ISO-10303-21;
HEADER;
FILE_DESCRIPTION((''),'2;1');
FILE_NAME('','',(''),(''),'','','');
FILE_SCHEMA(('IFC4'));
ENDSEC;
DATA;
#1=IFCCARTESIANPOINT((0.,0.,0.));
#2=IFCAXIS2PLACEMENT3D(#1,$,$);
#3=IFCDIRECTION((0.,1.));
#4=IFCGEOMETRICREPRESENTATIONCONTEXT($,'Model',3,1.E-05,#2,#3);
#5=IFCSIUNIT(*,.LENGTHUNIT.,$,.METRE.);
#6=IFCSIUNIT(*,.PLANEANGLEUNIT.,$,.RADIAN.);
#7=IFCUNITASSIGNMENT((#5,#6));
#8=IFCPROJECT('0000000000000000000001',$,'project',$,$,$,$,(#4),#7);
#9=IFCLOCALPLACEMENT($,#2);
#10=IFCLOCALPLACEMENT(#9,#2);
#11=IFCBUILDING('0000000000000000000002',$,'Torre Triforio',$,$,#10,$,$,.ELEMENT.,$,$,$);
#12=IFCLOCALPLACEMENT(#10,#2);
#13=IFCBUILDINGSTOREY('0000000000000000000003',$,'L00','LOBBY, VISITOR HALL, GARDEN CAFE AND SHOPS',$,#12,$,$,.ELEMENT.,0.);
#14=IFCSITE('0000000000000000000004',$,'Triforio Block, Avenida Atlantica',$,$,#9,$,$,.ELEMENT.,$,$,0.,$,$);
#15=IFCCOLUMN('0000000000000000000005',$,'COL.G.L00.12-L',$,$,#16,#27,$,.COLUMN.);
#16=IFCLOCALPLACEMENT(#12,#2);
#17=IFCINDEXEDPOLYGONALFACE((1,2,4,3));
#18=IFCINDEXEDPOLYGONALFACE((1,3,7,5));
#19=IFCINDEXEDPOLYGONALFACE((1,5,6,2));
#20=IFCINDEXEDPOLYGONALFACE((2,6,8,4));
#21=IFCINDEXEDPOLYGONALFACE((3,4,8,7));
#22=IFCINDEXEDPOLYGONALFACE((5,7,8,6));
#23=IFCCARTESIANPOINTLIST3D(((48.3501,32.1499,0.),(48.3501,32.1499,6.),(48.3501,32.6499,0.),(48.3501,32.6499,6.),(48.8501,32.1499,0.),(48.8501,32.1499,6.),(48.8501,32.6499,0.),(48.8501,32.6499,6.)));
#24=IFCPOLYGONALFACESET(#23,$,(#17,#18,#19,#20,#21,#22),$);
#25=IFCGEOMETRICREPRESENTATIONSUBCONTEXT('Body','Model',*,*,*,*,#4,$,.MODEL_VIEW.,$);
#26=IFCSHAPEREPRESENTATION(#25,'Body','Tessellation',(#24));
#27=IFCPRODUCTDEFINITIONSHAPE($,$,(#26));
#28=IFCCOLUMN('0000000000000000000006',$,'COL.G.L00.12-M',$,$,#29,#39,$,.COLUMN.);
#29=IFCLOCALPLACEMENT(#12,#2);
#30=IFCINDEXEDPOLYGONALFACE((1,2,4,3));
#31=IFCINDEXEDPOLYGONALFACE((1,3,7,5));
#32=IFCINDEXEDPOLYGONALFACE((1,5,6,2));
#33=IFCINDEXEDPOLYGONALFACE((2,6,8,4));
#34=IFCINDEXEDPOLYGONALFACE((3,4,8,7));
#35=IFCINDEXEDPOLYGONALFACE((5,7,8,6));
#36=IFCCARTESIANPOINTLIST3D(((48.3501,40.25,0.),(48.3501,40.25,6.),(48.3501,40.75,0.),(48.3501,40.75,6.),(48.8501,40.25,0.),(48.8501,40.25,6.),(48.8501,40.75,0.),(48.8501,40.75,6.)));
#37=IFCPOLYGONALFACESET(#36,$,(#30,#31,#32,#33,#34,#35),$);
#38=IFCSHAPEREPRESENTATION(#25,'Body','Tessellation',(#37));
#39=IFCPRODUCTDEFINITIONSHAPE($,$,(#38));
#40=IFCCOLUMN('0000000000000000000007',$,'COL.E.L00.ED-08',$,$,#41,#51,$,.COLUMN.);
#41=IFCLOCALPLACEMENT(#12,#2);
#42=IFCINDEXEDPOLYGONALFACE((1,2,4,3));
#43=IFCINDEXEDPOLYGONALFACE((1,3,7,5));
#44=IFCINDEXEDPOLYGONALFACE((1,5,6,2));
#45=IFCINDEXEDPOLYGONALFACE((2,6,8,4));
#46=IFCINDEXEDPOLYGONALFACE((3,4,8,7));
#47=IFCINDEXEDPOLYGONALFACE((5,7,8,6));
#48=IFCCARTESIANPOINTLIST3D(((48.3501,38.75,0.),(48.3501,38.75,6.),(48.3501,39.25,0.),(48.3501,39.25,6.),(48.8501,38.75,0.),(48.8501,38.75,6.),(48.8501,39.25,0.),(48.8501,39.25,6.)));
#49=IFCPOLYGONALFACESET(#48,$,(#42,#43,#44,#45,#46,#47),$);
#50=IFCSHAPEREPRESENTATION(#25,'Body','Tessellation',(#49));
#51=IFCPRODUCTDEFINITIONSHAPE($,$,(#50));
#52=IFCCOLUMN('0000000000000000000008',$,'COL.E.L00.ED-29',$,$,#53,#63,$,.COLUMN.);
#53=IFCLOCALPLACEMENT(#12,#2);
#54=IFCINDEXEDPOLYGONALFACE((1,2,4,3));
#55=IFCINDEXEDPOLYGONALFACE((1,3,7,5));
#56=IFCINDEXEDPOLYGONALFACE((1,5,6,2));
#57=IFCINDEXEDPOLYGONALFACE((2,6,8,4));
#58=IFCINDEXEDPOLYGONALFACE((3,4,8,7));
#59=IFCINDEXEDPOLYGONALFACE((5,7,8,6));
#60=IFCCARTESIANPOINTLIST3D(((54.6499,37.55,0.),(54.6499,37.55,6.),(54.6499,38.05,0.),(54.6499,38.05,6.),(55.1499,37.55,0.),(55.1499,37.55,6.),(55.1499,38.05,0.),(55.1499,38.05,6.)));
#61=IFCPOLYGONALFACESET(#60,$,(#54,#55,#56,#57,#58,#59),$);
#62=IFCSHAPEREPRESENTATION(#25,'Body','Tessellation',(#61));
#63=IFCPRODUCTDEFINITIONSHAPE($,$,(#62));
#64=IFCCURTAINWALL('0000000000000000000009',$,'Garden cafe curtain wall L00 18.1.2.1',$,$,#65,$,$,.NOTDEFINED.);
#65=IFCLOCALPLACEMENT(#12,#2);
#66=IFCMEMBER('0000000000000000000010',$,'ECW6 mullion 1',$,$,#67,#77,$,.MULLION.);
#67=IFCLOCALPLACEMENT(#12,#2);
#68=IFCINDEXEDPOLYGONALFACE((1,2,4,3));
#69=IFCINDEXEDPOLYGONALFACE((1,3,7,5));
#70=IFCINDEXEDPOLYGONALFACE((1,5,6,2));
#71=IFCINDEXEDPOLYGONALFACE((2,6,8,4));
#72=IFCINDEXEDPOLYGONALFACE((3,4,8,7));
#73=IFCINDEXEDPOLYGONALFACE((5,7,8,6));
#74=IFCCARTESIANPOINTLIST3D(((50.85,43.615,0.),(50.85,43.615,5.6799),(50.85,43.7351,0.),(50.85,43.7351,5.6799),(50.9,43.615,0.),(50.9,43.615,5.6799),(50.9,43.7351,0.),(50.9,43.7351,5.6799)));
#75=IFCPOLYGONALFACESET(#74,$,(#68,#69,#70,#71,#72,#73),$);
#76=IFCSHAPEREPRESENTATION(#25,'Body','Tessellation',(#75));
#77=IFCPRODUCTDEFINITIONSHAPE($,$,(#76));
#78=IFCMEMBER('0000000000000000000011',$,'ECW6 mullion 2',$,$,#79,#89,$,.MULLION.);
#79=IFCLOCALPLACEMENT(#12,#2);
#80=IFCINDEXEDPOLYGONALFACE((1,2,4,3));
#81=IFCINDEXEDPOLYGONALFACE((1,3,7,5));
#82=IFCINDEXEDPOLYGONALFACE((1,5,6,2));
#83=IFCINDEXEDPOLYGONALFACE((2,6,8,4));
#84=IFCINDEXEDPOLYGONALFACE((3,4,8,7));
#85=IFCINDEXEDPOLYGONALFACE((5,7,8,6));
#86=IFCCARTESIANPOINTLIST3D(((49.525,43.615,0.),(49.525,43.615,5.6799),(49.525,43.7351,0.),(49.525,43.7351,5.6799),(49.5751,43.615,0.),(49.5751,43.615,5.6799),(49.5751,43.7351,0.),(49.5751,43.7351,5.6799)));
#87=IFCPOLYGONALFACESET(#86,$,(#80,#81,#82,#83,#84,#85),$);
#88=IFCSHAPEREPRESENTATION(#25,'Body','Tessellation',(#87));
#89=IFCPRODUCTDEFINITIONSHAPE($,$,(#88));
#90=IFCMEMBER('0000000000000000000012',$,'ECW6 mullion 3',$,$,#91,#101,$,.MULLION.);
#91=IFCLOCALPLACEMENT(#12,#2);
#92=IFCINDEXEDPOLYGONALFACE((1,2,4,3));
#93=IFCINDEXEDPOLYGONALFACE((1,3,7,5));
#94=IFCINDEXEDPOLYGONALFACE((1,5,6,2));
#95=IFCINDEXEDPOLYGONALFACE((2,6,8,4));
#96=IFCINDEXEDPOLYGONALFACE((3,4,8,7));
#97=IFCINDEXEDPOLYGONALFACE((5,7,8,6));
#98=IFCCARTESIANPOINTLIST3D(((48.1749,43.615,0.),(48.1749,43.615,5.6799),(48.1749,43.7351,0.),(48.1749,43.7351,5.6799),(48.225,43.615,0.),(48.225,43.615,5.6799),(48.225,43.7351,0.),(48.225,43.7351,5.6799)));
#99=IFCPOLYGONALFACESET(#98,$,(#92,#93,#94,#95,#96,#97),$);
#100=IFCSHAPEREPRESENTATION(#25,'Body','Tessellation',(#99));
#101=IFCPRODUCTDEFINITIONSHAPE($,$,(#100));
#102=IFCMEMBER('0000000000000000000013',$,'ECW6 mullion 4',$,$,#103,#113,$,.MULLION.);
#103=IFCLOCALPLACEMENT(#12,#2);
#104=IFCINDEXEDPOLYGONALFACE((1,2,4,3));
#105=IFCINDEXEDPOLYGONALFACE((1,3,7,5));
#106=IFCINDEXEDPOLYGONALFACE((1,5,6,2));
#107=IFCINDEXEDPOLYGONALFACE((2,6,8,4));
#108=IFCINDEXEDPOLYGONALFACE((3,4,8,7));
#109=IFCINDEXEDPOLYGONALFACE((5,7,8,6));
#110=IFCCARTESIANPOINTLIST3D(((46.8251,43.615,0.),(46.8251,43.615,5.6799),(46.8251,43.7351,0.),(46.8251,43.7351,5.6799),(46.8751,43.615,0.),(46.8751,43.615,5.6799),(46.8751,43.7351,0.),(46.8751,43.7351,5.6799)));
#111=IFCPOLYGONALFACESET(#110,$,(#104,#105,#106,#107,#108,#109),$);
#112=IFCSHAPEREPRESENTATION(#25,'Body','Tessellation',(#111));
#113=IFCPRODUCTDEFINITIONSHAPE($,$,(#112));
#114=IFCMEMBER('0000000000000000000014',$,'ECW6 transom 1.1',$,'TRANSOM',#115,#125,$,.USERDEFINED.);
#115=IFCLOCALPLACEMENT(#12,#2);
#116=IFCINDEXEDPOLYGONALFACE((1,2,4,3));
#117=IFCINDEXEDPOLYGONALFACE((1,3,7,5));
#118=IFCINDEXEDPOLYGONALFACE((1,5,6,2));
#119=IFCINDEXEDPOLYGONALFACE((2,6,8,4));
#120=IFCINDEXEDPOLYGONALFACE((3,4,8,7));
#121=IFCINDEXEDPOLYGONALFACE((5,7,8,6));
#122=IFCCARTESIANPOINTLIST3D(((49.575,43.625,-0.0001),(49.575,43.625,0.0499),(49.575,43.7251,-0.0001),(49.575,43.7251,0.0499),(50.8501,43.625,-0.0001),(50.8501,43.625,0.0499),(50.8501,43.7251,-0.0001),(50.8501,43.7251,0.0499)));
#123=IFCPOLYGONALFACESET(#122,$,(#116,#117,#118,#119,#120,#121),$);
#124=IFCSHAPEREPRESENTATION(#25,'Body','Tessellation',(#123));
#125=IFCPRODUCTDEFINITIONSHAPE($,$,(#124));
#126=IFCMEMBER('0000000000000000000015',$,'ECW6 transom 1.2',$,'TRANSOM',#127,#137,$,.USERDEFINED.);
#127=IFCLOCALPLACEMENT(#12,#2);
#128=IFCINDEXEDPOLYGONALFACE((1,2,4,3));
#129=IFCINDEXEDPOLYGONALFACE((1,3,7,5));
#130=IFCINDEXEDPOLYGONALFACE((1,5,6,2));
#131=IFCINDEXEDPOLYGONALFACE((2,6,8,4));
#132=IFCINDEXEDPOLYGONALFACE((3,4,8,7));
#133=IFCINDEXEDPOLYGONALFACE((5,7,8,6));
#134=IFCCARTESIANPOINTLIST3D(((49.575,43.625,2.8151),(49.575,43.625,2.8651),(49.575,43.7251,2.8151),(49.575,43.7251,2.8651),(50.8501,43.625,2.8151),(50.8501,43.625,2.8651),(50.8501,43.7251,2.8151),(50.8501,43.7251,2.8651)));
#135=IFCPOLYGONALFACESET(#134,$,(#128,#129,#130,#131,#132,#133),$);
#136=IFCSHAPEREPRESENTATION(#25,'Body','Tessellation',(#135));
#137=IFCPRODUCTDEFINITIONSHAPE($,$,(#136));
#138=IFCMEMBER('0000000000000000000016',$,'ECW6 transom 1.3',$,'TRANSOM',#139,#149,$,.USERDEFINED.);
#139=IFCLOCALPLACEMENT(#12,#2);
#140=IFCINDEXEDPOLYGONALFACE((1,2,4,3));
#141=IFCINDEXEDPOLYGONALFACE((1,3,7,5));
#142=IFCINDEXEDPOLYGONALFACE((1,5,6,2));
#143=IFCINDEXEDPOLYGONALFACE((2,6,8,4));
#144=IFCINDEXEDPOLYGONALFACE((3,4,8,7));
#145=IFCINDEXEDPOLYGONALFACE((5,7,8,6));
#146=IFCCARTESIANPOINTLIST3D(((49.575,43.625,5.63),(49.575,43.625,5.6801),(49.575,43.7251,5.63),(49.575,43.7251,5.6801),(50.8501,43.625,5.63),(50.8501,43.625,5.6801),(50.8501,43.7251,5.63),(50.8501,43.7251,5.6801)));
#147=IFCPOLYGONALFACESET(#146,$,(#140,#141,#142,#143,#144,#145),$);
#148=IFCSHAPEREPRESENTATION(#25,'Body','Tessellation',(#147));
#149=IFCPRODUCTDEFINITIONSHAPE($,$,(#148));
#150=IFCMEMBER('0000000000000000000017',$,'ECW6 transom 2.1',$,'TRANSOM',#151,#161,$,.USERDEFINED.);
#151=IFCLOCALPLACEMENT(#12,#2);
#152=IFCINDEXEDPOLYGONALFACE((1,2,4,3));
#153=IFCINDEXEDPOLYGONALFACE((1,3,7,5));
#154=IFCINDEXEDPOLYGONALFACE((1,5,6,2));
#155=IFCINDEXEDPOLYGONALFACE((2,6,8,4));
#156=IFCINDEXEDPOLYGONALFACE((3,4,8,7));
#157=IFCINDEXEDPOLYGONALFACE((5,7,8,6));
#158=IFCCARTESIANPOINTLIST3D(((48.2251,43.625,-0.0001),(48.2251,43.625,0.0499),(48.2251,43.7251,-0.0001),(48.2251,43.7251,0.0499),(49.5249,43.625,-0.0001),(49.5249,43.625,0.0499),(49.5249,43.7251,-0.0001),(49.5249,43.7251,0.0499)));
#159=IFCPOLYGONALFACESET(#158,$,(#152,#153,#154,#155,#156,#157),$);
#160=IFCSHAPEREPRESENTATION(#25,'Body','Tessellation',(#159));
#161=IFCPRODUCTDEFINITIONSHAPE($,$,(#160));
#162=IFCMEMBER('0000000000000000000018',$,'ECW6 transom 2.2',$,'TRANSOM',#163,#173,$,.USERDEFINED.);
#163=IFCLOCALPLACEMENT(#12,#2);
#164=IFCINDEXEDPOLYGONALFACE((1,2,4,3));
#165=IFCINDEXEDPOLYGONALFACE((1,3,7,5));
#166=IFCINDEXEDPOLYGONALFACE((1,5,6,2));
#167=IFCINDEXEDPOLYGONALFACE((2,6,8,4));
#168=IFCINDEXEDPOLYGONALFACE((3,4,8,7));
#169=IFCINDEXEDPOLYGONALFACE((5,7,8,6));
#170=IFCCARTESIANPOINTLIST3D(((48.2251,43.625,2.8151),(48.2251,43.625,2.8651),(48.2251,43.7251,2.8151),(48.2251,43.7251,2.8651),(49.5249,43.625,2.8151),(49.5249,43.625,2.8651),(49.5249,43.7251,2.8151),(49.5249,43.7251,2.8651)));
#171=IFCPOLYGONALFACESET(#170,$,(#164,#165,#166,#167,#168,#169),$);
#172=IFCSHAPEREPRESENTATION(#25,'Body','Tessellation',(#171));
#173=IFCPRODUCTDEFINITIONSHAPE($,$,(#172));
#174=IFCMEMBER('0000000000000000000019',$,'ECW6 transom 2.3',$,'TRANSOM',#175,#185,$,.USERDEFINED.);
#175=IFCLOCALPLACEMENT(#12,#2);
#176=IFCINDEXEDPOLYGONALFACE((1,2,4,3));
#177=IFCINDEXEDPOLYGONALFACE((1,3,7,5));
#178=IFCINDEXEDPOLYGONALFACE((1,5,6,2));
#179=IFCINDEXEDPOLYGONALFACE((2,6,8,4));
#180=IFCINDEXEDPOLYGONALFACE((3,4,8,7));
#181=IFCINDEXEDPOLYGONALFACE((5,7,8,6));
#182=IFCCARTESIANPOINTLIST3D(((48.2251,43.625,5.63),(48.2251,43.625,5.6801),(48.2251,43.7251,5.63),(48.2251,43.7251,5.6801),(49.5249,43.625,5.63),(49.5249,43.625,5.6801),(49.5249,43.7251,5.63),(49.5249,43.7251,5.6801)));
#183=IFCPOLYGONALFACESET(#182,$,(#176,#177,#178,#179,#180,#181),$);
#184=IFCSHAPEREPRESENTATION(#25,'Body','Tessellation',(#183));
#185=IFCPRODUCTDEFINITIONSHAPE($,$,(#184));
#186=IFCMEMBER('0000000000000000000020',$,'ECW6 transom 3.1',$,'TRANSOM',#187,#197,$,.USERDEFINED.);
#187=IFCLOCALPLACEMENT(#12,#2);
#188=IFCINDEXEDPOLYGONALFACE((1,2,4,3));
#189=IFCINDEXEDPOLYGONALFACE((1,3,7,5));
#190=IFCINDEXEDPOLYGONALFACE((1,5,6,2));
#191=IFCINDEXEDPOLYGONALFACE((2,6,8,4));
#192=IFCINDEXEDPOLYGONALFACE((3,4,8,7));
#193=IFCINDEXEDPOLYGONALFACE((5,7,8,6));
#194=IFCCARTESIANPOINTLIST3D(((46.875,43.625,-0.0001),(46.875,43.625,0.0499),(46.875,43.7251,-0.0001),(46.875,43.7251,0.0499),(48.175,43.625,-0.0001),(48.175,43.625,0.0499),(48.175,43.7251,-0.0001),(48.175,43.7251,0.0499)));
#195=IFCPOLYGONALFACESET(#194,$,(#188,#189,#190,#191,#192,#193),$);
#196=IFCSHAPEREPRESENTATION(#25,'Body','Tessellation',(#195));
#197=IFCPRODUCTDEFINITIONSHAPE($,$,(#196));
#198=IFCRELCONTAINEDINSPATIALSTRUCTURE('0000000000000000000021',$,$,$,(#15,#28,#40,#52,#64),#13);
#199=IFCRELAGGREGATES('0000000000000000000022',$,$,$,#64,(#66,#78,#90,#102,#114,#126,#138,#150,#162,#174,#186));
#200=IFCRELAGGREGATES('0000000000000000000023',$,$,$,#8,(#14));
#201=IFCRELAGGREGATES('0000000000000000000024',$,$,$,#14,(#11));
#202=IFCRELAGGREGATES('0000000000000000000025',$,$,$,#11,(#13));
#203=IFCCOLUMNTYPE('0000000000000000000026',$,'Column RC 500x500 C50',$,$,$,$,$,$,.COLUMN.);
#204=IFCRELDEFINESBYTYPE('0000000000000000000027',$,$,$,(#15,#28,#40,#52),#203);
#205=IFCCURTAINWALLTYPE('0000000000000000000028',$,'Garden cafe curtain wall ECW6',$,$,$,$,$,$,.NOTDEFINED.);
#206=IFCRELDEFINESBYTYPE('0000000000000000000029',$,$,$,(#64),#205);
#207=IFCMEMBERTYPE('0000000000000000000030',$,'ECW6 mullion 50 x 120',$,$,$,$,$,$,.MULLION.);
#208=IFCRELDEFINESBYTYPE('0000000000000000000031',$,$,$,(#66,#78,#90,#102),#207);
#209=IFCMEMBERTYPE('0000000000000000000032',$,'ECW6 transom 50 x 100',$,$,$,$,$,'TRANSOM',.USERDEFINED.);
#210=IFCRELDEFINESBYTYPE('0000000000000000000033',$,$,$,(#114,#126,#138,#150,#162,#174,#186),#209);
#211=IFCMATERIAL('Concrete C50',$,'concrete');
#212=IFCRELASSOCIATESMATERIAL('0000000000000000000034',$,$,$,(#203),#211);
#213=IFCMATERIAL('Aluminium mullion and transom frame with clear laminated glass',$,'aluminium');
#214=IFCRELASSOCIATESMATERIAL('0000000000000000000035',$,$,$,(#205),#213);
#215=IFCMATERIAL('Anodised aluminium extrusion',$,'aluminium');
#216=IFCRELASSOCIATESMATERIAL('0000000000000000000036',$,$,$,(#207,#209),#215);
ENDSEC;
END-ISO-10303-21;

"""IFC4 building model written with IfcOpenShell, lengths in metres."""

from ifc_helpers import new_model, si_unit, direction, frame, origin, origin_2d, place, context, subcontext, project, spatial, rectangle, extrude, material, material_profile, profile_set, type_object, element, aggregate, save


model = new_model("IFC4")

# Units and contexts
model_context = context("Model", 3, precision=1e-05, world=origin(), true_north=direction((0.0, 1.0)))
body_context = subcontext(model_context, "Body", "Model", "MODEL_VIEW")
ifc_project = project(units=[si_unit("LENGTHUNIT", "METRE"), si_unit("PLANEANGLEUNIT", "RADIAN")], contexts=[model_context])

# Site, building, storey
site_placement = place(None, origin())
site = spatial("IfcSite", under=ifc_project, at=site_placement, Name="Triforio Block, Avenida Atlantica", CompositionType="ELEMENT", RefElevation=0.0)
building_placement = place(site_placement, origin())
building = spatial("IfcBuilding", under=site, at=building_placement, Name="Torre Triforio", CompositionType="ELEMENT")
storey_placement = place(building_placement, origin())
storey = spatial("IfcBuildingStorey", under=building, at=storey_placement, Name="L00", Description="LOBBY, VISITOR HALL, GARDEN CAFE AND SHOPS", CompositionType="ELEMENT", Elevation=0.0)

# Columns
ifc_material_1 = material(Name="Concrete C50", Category="concrete")
ifc_material_profile_1 = material_profile(ifc_material_1, rectangle(XDim=0.5, YDim=0.5, at=origin_2d()), Name="RC 500x500")
ifc_profile_set_1 = profile_set([ifc_material_profile_1], Name="Concrete C50")
column_type = type_object("IfcColumnType", Name="Column RC 500x500 C50", PredefinedType="COLUMN", material=ifc_profile_set_1)
for number, where, z_axis, x_axis, name in (
    (1, (48.6001, 32.3999, 0.0), (0.0, 0.0, 1.0), (1.0, 0.0, 0.0), "COL.G.L00.12-L"),
    (2, (48.6001, 40.5, 0.0), (0.0, 0.0, 1.0), (1.0, 0.0, 0.0), "COL.G.L00.12-M"),
    (3, (48.6001, 39.0, 0.0), (0.0, 0.0, 1.0), (1.0, 0.0, 0.0), "COL.E.L00.ED-08"),
    (4, (54.8999, 37.8, 0.0), (0.0, 0.0, 1.0), (1.0, 0.0, 0.0), "COL.E.L00.ED-29"),
):
    element("IfcColumn", number, at=place(storey_placement, frame(where, z_axis=z_axis, x_axis=x_axis)), inside=storey, type_object=column_type, Name=name, PredefinedType="COLUMN", context=body_context, shape_type="SweptSolid", body=[
        extrude(rectangle(XDim=0.5, YDim=0.5, at=origin_2d()), origin(), (0.0, 0.0, 1.0), 6.0),
    ])

# Curtain wall, members
ifc_material_2 = material(Name="Aluminium mullion and transom frame with clear laminated glass", Category="aluminium")
curtain_wall_type = type_object("IfcCurtainWallType", Name="Garden cafe curtain wall ECW6", PredefinedType="NOTDEFINED", material=ifc_material_2)
curtain_wall_placement = place(storey_placement, origin())
curtain_wall = element("IfcCurtainWall", 5, at=curtain_wall_placement, inside=storey, type_object=curtain_wall_type, Name="Garden cafe curtain wall L00 18.1.2.1", PredefinedType="NOTDEFINED")
ifc_material_3 = material(Name="Anodised aluminium extrusion", Category="aluminium")
ifc_material_profile_2 = material_profile(ifc_material_3, rectangle(XDim=0.1201, YDim=0.05, at=origin_2d()), Name="ECW6 MULLION 50x120")
ifc_profile_set_2 = profile_set([ifc_material_profile_2], Name="Anodised aluminium extrusion")
member_type_1 = type_object("IfcMemberType", Name="ECW6 mullion 50 x 120", PredefinedType="MULLION", material=ifc_profile_set_2)
member_1_placement = place(storey_placement, frame((50.875, 43.675, 0.0), z_axis=(0.0, 0.0, 1.0), x_axis=(0.0, -1.0, 0.0)))
member_1 = element("IfcMember", 6, at=member_1_placement, type_object=member_type_1, Name="ECW6 mullion 1", PredefinedType="MULLION", context=body_context, shape_type="SweptSolid", body=[
    extrude(rectangle(XDim=0.1201, YDim=0.05, at=origin_2d()), origin(), (0.0, 0.0, 1.0), 5.6799),
])
member_2_placement = place(storey_placement, frame((49.55, 43.675, 0.0), z_axis=(0.0, 0.0, 1.0), x_axis=(0.0, -1.0, 0.0)))
member_2 = element("IfcMember", 7, at=member_2_placement, type_object=member_type_1, Name="ECW6 mullion 2", PredefinedType="MULLION", context=body_context, shape_type="SweptSolid", body=[
    extrude(rectangle(XDim=0.1201, YDim=0.05, at=origin_2d()), origin(), (0.0, 0.0, 1.0), 5.6799),
])
member_3_placement = place(storey_placement, frame((48.2, 43.675, 0.0), z_axis=(0.0, 0.0, 1.0), x_axis=(0.0, -1.0, 0.0)))
member_3 = element("IfcMember", 8, at=member_3_placement, type_object=member_type_1, Name="ECW6 mullion 3", PredefinedType="MULLION", context=body_context, shape_type="SweptSolid", body=[
    extrude(rectangle(XDim=0.1201, YDim=0.05, at=origin_2d()), origin(), (0.0, 0.0, 1.0), 5.6799),
])
member_4_placement = place(storey_placement, frame((46.8501, 43.675, 0.0), z_axis=(0.0, 0.0, 1.0), x_axis=(0.0, -1.0, 0.0)))
member_4 = element("IfcMember", 9, at=member_4_placement, type_object=member_type_1, Name="ECW6 mullion 4", PredefinedType="MULLION", context=body_context, shape_type="SweptSolid", body=[
    extrude(rectangle(XDim=0.1201, YDim=0.05, at=origin_2d()), origin(), (0.0, 0.0, 1.0), 5.6799),
])
ifc_material_profile_3 = material_profile(ifc_material_3, rectangle(XDim=0.1001, YDim=0.05, at=origin_2d()), Name="ECW6 TRANSOM 50x100")
ifc_profile_set_3 = profile_set([ifc_material_profile_3], Name="Anodised aluminium extrusion")
member_type_2 = type_object("IfcMemberType", Name="ECW6 transom 50 x 100", ElementType="TRANSOM", PredefinedType="USERDEFINED", material=ifc_profile_set_3)
member_5_placement = place(storey_placement, frame((50.8501, 43.675, 0.0249), z_axis=(-1.0, 0.0, 0.0), x_axis=(0.0, -1.0, 0.0)))
member_5 = element("IfcMember", 10, at=member_5_placement, type_object=member_type_2, Name="ECW6 transom 1.1", ObjectType="TRANSOM", PredefinedType="USERDEFINED", context=body_context, shape_type="SweptSolid", body=[
    extrude(rectangle(XDim=0.1001, YDim=0.05, at=origin_2d()), origin(), (0.0, 0.0, 1.0), 1.2751),
])
member_6_placement = place(storey_placement, frame((50.8501, 43.675, 2.8401), z_axis=(-1.0, 0.0, 0.0), x_axis=(0.0, -1.0, 0.0)))
member_6 = element("IfcMember", 11, at=member_6_placement, type_object=member_type_2, Name="ECW6 transom 1.2", ObjectType="TRANSOM", PredefinedType="USERDEFINED", context=body_context, shape_type="SweptSolid", body=[
    extrude(rectangle(XDim=0.1001, YDim=0.05, at=origin_2d()), origin(), (0.0, 0.0, 1.0), 1.2751),
])
member_7_placement = place(storey_placement, frame((50.8501, 43.675, 5.655), z_axis=(-1.0, 0.0, 0.0), x_axis=(0.0, -1.0, 0.0)))
member_7 = element("IfcMember", 12, at=member_7_placement, type_object=member_type_2, Name="ECW6 transom 1.3", ObjectType="TRANSOM", PredefinedType="USERDEFINED", context=body_context, shape_type="SweptSolid", body=[
    extrude(rectangle(XDim=0.1001, YDim=0.05, at=origin_2d()), origin(), (0.0, 0.0, 1.0), 1.2751),
])
member_8_placement = place(storey_placement, frame((49.5249, 43.675, 0.0249), z_axis=(-1.0, 0.0, 0.0), x_axis=(0.0, -1.0, 0.0)))
member_8 = element("IfcMember", 13, at=member_8_placement, type_object=member_type_2, Name="ECW6 transom 2.1", ObjectType="TRANSOM", PredefinedType="USERDEFINED", context=body_context, shape_type="SweptSolid", body=[
    extrude(rectangle(XDim=0.1001, YDim=0.05, at=origin_2d()), origin(), (0.0, 0.0, 1.0), 1.2998),
])
member_9_placement = place(storey_placement, frame((49.5249, 43.675, 2.8401), z_axis=(-1.0, 0.0, 0.0), x_axis=(0.0, -1.0, 0.0)))
member_9 = element("IfcMember", 14, at=member_9_placement, type_object=member_type_2, Name="ECW6 transom 2.2", ObjectType="TRANSOM", PredefinedType="USERDEFINED", context=body_context, shape_type="SweptSolid", body=[
    extrude(rectangle(XDim=0.1001, YDim=0.05, at=origin_2d()), origin(), (0.0, 0.0, 1.0), 1.2998),
])
member_10_placement = place(storey_placement, frame((49.5249, 43.675, 5.655), z_axis=(-1.0, 0.0, 0.0), x_axis=(0.0, -1.0, 0.0)))
member_10 = element("IfcMember", 15, at=member_10_placement, type_object=member_type_2, Name="ECW6 transom 2.3", ObjectType="TRANSOM", PredefinedType="USERDEFINED", context=body_context, shape_type="SweptSolid", body=[
    extrude(rectangle(XDim=0.1001, YDim=0.05, at=origin_2d()), origin(), (0.0, 0.0, 1.0), 1.2998),
])
member_11_placement = place(storey_placement, frame((48.175, 43.675, 0.0249), z_axis=(-1.0, 0.0, 0.0), x_axis=(0.0, -1.0, 0.0)))
member_11 = element("IfcMember", 16, at=member_11_placement, type_object=member_type_2, Name="ECW6 transom 3.1", ObjectType="TRANSOM", PredefinedType="USERDEFINED", context=body_context, shape_type="SweptSolid", body=[
    extrude(rectangle(XDim=0.1001, YDim=0.05, at=origin_2d()), origin(), (0.0, 0.0, 1.0), 1.3),
])
aggregate(curtain_wall, [member_1, member_2, member_3, member_4, member_5, member_6, member_7, member_8, member_9, member_10, member_11])

save(model, "model.ifc")
